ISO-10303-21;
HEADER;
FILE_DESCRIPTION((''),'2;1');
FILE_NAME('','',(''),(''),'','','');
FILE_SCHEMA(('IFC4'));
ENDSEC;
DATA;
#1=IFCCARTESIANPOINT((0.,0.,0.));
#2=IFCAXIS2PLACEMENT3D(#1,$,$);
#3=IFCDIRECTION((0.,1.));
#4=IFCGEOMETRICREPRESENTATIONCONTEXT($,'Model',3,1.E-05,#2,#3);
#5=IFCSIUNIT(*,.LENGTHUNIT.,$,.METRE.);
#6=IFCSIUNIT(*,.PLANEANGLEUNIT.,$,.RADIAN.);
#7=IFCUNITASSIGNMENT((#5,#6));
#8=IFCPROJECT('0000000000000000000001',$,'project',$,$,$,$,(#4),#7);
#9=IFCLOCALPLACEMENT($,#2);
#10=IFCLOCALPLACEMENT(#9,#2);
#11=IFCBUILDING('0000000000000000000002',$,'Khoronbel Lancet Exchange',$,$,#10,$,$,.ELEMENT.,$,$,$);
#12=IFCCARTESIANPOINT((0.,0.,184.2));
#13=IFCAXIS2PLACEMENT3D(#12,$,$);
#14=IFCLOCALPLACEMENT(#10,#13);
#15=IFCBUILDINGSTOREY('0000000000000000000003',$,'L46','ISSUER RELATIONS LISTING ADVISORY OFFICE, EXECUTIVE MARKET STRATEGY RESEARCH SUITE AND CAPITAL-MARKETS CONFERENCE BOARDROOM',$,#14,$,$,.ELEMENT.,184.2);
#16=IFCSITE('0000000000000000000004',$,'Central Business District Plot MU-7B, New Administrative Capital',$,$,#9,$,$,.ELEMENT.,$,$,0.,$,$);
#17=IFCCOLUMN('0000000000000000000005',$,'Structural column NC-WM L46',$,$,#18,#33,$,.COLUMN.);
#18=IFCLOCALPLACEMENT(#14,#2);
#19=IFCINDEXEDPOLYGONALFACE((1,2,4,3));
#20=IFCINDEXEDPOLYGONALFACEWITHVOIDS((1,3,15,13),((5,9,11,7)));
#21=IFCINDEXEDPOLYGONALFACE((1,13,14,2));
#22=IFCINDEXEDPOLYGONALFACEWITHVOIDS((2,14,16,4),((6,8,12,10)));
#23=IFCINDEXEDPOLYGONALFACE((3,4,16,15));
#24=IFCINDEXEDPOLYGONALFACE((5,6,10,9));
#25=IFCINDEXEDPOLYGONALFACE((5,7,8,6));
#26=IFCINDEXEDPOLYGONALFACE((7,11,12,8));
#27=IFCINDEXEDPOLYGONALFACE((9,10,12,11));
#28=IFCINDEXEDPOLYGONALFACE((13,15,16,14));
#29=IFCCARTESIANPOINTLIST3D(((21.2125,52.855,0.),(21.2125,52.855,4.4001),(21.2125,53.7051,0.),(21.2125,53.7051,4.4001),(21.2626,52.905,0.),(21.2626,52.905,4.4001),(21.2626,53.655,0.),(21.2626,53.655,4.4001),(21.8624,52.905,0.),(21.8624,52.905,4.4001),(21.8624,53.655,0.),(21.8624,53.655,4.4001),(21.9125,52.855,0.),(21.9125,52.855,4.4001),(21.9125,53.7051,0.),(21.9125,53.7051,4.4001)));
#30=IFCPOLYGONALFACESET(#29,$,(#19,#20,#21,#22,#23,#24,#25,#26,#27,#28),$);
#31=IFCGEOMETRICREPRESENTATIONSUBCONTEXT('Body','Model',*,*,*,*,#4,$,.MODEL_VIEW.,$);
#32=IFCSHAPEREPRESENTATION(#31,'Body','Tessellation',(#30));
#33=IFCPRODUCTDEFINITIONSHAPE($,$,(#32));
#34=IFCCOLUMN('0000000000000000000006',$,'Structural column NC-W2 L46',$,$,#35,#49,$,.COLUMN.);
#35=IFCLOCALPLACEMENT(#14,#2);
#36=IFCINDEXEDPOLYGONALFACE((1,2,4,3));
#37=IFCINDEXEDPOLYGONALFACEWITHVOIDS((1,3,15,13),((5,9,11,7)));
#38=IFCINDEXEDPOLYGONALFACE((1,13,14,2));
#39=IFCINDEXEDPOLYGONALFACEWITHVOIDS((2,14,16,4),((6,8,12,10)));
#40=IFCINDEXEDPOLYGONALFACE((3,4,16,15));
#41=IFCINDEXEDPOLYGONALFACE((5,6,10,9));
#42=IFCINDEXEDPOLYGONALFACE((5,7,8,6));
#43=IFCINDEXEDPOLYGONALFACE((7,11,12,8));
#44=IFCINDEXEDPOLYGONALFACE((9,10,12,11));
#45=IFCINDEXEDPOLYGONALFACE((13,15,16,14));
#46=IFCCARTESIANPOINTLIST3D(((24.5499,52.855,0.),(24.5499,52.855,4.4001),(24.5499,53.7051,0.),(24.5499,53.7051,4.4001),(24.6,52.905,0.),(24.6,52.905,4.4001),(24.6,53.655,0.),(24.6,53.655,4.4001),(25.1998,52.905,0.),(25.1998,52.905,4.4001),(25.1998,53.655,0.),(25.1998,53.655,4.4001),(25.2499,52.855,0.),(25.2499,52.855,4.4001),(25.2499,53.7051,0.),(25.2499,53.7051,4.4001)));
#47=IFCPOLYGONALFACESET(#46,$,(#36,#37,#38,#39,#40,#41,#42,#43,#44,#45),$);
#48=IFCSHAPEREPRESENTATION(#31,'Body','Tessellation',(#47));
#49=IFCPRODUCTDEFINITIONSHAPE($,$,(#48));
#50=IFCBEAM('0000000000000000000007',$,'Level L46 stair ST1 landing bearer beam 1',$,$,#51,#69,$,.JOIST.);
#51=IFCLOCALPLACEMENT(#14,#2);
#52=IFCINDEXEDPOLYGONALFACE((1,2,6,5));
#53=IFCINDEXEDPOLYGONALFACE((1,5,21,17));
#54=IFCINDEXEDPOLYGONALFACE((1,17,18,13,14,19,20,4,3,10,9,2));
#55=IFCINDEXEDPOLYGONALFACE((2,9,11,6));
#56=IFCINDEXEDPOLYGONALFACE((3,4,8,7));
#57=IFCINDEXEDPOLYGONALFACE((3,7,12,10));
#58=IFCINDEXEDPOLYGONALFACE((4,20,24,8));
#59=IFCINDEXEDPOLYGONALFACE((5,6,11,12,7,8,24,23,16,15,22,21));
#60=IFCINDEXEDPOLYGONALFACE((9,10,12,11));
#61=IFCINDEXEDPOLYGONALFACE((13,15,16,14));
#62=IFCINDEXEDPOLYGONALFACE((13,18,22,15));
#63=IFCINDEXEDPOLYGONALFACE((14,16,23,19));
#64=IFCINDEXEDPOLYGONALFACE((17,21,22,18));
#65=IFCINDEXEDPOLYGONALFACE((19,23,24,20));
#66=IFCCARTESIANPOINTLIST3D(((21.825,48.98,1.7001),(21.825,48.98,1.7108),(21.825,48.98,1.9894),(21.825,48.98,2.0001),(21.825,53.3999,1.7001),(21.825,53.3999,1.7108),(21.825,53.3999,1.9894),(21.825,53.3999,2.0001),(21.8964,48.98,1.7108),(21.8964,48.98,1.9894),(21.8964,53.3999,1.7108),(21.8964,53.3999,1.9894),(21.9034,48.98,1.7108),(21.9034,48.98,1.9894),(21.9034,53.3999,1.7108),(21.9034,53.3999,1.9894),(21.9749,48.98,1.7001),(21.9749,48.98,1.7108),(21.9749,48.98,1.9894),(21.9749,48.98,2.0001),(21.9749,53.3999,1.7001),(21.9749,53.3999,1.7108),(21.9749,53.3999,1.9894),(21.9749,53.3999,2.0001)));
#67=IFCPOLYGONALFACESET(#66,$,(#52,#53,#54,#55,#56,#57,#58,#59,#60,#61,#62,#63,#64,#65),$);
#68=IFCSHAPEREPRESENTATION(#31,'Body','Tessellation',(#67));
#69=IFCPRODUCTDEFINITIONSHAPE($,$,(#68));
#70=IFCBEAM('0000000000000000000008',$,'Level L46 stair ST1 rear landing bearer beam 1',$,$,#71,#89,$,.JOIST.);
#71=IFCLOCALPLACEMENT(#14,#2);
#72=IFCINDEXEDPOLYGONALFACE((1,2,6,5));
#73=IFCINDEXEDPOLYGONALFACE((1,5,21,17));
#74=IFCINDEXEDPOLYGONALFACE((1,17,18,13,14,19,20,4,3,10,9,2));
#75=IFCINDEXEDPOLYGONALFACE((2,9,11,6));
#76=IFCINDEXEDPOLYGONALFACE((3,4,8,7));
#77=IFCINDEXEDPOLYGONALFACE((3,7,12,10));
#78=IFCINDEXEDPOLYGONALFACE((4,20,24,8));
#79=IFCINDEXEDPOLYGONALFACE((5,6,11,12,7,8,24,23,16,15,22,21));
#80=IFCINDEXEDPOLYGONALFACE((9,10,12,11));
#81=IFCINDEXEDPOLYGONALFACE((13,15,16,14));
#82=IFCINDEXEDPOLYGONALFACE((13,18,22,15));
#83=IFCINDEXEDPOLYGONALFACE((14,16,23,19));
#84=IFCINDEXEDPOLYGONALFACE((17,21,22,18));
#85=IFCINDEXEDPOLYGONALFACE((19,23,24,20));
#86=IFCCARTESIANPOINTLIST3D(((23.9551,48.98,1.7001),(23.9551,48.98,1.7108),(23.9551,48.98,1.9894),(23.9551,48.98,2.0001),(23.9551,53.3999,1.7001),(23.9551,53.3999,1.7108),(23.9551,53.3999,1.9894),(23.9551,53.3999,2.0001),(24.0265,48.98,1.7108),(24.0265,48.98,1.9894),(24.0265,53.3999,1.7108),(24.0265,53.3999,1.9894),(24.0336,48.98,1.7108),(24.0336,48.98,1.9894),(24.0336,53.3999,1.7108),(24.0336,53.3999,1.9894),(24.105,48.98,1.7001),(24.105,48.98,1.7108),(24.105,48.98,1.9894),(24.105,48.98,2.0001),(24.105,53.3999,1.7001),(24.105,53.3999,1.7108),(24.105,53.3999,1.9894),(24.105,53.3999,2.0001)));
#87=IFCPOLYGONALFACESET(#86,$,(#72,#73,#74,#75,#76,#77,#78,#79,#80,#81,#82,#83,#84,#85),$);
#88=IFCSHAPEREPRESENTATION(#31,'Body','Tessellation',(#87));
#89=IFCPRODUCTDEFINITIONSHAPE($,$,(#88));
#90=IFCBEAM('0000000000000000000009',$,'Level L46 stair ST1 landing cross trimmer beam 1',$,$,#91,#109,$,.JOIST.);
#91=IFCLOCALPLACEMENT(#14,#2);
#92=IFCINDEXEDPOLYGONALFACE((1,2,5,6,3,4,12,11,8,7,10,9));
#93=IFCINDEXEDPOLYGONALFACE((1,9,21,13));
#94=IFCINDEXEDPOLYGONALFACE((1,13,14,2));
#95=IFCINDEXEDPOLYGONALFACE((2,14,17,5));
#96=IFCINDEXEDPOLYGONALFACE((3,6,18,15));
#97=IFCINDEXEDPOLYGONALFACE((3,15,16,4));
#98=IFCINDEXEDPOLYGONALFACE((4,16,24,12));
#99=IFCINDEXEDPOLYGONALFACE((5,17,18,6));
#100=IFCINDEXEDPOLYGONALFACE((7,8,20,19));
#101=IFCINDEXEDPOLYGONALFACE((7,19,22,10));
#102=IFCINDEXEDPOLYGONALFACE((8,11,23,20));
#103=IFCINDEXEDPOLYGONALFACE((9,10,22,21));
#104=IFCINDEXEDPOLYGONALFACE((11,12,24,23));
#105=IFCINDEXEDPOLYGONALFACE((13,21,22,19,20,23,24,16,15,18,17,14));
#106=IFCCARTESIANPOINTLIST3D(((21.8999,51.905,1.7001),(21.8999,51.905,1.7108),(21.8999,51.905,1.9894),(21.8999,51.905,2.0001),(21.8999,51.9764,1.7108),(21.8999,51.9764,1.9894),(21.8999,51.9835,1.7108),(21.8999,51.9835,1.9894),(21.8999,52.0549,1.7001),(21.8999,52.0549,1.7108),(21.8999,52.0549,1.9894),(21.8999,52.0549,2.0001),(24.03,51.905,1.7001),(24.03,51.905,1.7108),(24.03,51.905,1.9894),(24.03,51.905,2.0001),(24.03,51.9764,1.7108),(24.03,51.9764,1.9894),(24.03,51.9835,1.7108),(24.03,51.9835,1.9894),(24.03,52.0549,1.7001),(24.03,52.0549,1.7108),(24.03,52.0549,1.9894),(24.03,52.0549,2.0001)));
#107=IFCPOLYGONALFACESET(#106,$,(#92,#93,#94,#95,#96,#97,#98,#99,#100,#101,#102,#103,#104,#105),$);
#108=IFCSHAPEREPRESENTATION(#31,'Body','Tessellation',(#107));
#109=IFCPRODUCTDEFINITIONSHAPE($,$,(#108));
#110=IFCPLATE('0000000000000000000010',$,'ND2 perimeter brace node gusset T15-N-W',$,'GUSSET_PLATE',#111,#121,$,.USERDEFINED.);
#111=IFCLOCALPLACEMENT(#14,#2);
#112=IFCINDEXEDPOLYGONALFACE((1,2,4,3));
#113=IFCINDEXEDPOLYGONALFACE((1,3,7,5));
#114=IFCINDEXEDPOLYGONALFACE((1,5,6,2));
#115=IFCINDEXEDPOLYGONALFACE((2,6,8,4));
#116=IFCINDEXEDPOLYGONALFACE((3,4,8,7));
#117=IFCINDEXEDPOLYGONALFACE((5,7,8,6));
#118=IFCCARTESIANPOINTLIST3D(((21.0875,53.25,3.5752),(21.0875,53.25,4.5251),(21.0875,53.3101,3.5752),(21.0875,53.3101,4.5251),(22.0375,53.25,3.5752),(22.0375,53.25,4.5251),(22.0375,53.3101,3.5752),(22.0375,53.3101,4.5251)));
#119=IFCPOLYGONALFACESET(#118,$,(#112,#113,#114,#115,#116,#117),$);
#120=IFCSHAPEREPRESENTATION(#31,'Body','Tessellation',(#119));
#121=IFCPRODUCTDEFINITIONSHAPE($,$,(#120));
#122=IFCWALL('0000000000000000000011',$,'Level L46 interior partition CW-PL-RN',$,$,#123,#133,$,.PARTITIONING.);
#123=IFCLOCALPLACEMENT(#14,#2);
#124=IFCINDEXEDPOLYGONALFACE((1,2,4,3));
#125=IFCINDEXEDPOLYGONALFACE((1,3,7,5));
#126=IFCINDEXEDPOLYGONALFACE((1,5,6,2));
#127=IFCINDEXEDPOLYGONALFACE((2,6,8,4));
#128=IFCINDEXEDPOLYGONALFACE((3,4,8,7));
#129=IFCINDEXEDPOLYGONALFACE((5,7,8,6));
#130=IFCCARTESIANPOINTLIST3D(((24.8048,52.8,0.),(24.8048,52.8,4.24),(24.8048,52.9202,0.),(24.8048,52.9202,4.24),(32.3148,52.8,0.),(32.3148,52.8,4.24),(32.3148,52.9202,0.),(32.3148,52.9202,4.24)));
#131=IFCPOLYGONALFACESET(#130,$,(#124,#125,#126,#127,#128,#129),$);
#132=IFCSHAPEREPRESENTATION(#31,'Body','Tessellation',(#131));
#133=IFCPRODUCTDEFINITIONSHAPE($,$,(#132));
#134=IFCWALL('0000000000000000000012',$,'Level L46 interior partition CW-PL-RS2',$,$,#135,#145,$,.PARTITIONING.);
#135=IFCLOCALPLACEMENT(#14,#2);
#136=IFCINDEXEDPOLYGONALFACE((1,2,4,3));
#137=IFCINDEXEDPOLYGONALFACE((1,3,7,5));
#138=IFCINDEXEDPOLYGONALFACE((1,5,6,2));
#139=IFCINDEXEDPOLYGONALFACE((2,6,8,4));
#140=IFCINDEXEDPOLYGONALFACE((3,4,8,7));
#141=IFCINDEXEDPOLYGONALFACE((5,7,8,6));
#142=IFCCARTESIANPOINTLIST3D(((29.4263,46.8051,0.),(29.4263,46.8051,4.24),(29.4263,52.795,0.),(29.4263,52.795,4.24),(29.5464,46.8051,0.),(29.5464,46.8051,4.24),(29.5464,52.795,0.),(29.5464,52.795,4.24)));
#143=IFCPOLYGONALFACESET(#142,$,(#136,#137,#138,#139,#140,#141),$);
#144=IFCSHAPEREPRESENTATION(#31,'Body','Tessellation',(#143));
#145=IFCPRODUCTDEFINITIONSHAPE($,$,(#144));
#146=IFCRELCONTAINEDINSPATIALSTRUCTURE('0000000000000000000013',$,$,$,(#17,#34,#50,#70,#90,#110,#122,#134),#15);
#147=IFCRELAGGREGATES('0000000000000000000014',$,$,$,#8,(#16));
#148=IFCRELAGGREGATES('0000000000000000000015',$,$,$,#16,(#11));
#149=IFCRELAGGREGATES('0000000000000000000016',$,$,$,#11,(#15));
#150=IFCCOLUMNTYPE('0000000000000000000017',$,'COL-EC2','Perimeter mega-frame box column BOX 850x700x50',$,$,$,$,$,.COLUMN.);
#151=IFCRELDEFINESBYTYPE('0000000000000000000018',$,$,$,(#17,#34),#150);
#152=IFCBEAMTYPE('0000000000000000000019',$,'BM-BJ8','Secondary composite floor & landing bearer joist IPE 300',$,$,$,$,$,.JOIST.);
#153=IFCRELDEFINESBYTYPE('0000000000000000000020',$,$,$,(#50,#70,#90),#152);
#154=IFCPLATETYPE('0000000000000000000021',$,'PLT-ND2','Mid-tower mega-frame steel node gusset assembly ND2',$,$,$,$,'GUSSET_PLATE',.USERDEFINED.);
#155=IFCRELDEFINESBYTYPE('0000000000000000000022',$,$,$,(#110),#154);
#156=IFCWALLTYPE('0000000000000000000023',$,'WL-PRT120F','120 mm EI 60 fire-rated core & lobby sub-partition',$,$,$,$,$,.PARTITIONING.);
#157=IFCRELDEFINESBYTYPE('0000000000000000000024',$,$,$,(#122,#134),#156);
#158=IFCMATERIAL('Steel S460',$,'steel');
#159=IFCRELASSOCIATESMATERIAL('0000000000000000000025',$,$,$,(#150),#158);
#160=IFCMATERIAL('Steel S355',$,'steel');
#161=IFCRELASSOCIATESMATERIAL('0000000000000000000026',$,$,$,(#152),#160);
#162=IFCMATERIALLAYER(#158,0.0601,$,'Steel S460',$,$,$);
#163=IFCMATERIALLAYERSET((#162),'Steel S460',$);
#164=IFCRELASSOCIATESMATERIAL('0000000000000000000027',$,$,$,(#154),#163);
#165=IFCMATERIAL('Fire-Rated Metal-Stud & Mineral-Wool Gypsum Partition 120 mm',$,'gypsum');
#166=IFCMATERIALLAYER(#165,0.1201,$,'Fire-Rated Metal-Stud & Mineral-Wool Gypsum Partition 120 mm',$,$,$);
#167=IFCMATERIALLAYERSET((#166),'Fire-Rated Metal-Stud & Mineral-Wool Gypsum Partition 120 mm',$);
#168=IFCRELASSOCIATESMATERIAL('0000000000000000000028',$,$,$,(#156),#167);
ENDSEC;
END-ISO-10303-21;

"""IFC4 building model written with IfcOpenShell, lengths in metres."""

from ifc_helpers import new_model, si_unit, direction, frame, frame_2d, origin, origin_2d, place, context, subcontext, project, spatial, rectangle, hollow_rectangle, i_section, extrude, material, layer, layer_set, material_profile, profile_set, type_object, element, save


model = new_model("IFC4")

# Units and contexts
model_context = context("Model", 3, precision=1e-05, world=origin(), true_north=direction((0.0, 1.0)))
body_context = subcontext(model_context, "Body", "Model", "MODEL_VIEW")
ifc_project = project(units=[si_unit("LENGTHUNIT", "METRE"), si_unit("PLANEANGLEUNIT", "RADIAN")], contexts=[model_context])

# Site, building, storey
site_placement = place(None, origin())
site = spatial("IfcSite", under=ifc_project, at=site_placement, Name="Central Business District Plot MU-7B, New Administrative Capital", CompositionType="ELEMENT", RefElevation=0.0)
building_placement = place(site_placement, origin())
building = spatial("IfcBuilding", under=site, at=building_placement, Name="Khoronbel Lancet Exchange", CompositionType="ELEMENT")
storey_placement = place(building_placement, frame((0.0, 0.0, 184.2)))
storey = spatial("IfcBuildingStorey", under=building, at=storey_placement, Name="L46", Description="ISSUER RELATIONS LISTING ADVISORY OFFICE, EXECUTIVE MARKET STRATEGY RESEARCH SUITE AND CAPITAL-MARKETS CONFERENCE BOARDROOM", CompositionType="ELEMENT", Elevation=184.2)

# Columns
ifc_material_1 = material(Name="Steel S460", Category="steel")
ifc_material_profile_1 = material_profile(ifc_material_1, hollow_rectangle(XDim=0.7, YDim=0.8501, WallThickness=0.05, at=origin_2d()), Name="BOX 850x700x50")
ifc_profile_set_1 = profile_set([ifc_material_profile_1], Name="Steel S460")
column_type = type_object("IfcColumnType", Name="COL-EC2", Description="Perimeter mega-frame box column BOX 850x700x50", PredefinedType="COLUMN", material=ifc_profile_set_1)
for number, where, z_axis, x_axis, name in (
    (1, (21.5625, 53.28, 0.0), (0.0, 0.0, 1.0), (1.0, 0.0, 0.0), "Structural column NC-WM L46"),
    (2, (24.8999, 53.28, 0.0), (0.0, 0.0, 1.0), (1.0, 0.0, 0.0), "Structural column NC-W2 L46"),
):
    element("IfcColumn", number, at=place(storey_placement, frame(where, z_axis=z_axis, x_axis=x_axis)), inside=storey, type_object=column_type, Name=name, PredefinedType="COLUMN", context=body_context, shape_type="SweptSolid", body=[
        extrude(hollow_rectangle(XDim=0.7, YDim=0.8501, WallThickness=0.05, at=origin_2d()), origin(), (0.0, 0.0, 1.0), 4.4001),
    ])

# Beams
ifc_material_2 = material(Name="Steel S355", Category="steel")
ifc_material_profile_2 = material_profile(ifc_material_2, i_section(OverallWidth=0.1499, OverallDepth=0.3, WebThickness=0.0071, FlangeThickness=0.0107, at=origin_2d()), Name="IPE 300")
ifc_profile_set_2 = profile_set([ifc_material_profile_2], Name="Steel S355")
beam_type = type_object("IfcBeamType", Name="BM-BJ8", Description="Secondary composite floor & landing bearer joist IPE 300", PredefinedType="JOIST", material=ifc_profile_set_2)
for number, where, z_axis, x_axis, name in (
    (3, (21.8999, 48.98, 1.8501), (0.0, 1.0, 0.0), (-1.0, 0.0, 0.0), "Level L46 stair ST1 landing bearer beam 1"),
    (4, (24.03, 48.98, 1.8501), (0.0, 1.0, 0.0), (-1.0, 0.0, 0.0), "Level L46 stair ST1 rear landing bearer beam 1"),
):
    element("IfcBeam", number, at=place(storey_placement, frame(where, z_axis=z_axis, x_axis=x_axis)), inside=storey, type_object=beam_type, Name=name, PredefinedType="JOIST", context=body_context, shape_type="SweptSolid", body=[
        extrude(i_section(OverallWidth=0.1499, OverallDepth=0.3, WebThickness=0.0071, FlangeThickness=0.0107, at=origin_2d()), origin(), (0.0, 0.0, 1.0), 4.4199),
    ])
beam_placement = place(storey_placement, frame((21.8999, 51.98, 1.8501), z_axis=(1.0, 0.0, 0.0), x_axis=(0.0, 1.0, 0.0)))
element("IfcBeam", 5, at=beam_placement, inside=storey, type_object=beam_type, Name="Level L46 stair ST1 landing cross trimmer beam 1", PredefinedType="JOIST", context=body_context, shape_type="SweptSolid", body=[
    extrude(i_section(OverallWidth=0.1499, OverallDepth=0.3, WebThickness=0.0071, FlangeThickness=0.0107, at=origin_2d()), origin(), (0.0, 0.0, 1.0), 2.1301),
])

# Plate
ifc_layer_1 = layer(ifc_material_1, 0.0601, Name="Steel S460")
ifc_layer_set_1 = layer_set([ifc_layer_1], Name="Steel S460")
plate_type = type_object("IfcPlateType", Name="PLT-ND2", Description="Mid-tower mega-frame steel node gusset assembly ND2", ElementType="GUSSET_PLATE", PredefinedType="USERDEFINED", material=ifc_layer_set_1)
plate_placement = place(storey_placement, frame((21.5625, 53.28, 3.5752), z_axis=(0.0, 0.0, 1.0), x_axis=(1.0, 0.0, 0.0)))
element("IfcPlate", 6, at=plate_placement, inside=storey, type_object=plate_type, Name="ND2 perimeter brace node gusset T15-N-W", ObjectType="GUSSET_PLATE", PredefinedType="USERDEFINED", context=body_context, shape_type="SweptSolid", body=[
    extrude(rectangle(XDim=0.95, YDim=0.0601, at=origin_2d()), origin(), (0.0, 0.0, 1.0), 0.95),
])

# Walls
ifc_material_3 = material(Name="Fire-Rated Metal-Stud & Mineral-Wool Gypsum Partition 120 mm", Category="gypsum")
ifc_layer_2 = layer(ifc_material_3, 0.1201, Name="Fire-Rated Metal-Stud & Mineral-Wool Gypsum Partition 120 mm")
ifc_layer_set_2 = layer_set([ifc_layer_2], Name="Fire-Rated Metal-Stud & Mineral-Wool Gypsum Partition 120 mm")
wall_type_1 = type_object("IfcWallType", Name="WL-PRT120F", Description="120 mm EI 60 fire-rated core & lobby sub-partition", PredefinedType="PARTITIONING", material=ifc_layer_set_2)
wall_1_placement = place(storey_placement, frame((24.8049, 52.8601, 0.0), z_axis=(0.0, 0.0, 1.0), x_axis=(1.0, 0.0, 0.0)))
element("IfcWall", 7, at=wall_1_placement, inside=storey, type_object=wall_type_1, Name="Level L46 interior partition CW-PL-RN", PredefinedType="PARTITIONING", context=body_context, shape_type="SweptSolid", body=[
    extrude(rectangle(XDim=7.51, YDim=0.1201, at=frame_2d((3.7549, 0.0))), origin(), (0.0, 0.0, 1.0), 4.24),
])
wall_2_placement = place(storey_placement, frame((29.4863, 46.8049, 0.0), z_axis=(0.0, 0.0, 1.0), x_axis=(0.0, 1.0, 0.0)))
element("IfcWall", 8, at=wall_2_placement, inside=storey, type_object=wall_type_1, Name="Level L46 interior partition CW-PL-RS2", PredefinedType="PARTITIONING", context=body_context, shape_type="SweptSolid", body=[
    extrude(rectangle(XDim=5.99, YDim=0.1201, at=frame_2d((2.9951, 0.0))), origin(), (0.0, 0.0, 1.0), 4.24),
])

save(model, "model.ifc")
